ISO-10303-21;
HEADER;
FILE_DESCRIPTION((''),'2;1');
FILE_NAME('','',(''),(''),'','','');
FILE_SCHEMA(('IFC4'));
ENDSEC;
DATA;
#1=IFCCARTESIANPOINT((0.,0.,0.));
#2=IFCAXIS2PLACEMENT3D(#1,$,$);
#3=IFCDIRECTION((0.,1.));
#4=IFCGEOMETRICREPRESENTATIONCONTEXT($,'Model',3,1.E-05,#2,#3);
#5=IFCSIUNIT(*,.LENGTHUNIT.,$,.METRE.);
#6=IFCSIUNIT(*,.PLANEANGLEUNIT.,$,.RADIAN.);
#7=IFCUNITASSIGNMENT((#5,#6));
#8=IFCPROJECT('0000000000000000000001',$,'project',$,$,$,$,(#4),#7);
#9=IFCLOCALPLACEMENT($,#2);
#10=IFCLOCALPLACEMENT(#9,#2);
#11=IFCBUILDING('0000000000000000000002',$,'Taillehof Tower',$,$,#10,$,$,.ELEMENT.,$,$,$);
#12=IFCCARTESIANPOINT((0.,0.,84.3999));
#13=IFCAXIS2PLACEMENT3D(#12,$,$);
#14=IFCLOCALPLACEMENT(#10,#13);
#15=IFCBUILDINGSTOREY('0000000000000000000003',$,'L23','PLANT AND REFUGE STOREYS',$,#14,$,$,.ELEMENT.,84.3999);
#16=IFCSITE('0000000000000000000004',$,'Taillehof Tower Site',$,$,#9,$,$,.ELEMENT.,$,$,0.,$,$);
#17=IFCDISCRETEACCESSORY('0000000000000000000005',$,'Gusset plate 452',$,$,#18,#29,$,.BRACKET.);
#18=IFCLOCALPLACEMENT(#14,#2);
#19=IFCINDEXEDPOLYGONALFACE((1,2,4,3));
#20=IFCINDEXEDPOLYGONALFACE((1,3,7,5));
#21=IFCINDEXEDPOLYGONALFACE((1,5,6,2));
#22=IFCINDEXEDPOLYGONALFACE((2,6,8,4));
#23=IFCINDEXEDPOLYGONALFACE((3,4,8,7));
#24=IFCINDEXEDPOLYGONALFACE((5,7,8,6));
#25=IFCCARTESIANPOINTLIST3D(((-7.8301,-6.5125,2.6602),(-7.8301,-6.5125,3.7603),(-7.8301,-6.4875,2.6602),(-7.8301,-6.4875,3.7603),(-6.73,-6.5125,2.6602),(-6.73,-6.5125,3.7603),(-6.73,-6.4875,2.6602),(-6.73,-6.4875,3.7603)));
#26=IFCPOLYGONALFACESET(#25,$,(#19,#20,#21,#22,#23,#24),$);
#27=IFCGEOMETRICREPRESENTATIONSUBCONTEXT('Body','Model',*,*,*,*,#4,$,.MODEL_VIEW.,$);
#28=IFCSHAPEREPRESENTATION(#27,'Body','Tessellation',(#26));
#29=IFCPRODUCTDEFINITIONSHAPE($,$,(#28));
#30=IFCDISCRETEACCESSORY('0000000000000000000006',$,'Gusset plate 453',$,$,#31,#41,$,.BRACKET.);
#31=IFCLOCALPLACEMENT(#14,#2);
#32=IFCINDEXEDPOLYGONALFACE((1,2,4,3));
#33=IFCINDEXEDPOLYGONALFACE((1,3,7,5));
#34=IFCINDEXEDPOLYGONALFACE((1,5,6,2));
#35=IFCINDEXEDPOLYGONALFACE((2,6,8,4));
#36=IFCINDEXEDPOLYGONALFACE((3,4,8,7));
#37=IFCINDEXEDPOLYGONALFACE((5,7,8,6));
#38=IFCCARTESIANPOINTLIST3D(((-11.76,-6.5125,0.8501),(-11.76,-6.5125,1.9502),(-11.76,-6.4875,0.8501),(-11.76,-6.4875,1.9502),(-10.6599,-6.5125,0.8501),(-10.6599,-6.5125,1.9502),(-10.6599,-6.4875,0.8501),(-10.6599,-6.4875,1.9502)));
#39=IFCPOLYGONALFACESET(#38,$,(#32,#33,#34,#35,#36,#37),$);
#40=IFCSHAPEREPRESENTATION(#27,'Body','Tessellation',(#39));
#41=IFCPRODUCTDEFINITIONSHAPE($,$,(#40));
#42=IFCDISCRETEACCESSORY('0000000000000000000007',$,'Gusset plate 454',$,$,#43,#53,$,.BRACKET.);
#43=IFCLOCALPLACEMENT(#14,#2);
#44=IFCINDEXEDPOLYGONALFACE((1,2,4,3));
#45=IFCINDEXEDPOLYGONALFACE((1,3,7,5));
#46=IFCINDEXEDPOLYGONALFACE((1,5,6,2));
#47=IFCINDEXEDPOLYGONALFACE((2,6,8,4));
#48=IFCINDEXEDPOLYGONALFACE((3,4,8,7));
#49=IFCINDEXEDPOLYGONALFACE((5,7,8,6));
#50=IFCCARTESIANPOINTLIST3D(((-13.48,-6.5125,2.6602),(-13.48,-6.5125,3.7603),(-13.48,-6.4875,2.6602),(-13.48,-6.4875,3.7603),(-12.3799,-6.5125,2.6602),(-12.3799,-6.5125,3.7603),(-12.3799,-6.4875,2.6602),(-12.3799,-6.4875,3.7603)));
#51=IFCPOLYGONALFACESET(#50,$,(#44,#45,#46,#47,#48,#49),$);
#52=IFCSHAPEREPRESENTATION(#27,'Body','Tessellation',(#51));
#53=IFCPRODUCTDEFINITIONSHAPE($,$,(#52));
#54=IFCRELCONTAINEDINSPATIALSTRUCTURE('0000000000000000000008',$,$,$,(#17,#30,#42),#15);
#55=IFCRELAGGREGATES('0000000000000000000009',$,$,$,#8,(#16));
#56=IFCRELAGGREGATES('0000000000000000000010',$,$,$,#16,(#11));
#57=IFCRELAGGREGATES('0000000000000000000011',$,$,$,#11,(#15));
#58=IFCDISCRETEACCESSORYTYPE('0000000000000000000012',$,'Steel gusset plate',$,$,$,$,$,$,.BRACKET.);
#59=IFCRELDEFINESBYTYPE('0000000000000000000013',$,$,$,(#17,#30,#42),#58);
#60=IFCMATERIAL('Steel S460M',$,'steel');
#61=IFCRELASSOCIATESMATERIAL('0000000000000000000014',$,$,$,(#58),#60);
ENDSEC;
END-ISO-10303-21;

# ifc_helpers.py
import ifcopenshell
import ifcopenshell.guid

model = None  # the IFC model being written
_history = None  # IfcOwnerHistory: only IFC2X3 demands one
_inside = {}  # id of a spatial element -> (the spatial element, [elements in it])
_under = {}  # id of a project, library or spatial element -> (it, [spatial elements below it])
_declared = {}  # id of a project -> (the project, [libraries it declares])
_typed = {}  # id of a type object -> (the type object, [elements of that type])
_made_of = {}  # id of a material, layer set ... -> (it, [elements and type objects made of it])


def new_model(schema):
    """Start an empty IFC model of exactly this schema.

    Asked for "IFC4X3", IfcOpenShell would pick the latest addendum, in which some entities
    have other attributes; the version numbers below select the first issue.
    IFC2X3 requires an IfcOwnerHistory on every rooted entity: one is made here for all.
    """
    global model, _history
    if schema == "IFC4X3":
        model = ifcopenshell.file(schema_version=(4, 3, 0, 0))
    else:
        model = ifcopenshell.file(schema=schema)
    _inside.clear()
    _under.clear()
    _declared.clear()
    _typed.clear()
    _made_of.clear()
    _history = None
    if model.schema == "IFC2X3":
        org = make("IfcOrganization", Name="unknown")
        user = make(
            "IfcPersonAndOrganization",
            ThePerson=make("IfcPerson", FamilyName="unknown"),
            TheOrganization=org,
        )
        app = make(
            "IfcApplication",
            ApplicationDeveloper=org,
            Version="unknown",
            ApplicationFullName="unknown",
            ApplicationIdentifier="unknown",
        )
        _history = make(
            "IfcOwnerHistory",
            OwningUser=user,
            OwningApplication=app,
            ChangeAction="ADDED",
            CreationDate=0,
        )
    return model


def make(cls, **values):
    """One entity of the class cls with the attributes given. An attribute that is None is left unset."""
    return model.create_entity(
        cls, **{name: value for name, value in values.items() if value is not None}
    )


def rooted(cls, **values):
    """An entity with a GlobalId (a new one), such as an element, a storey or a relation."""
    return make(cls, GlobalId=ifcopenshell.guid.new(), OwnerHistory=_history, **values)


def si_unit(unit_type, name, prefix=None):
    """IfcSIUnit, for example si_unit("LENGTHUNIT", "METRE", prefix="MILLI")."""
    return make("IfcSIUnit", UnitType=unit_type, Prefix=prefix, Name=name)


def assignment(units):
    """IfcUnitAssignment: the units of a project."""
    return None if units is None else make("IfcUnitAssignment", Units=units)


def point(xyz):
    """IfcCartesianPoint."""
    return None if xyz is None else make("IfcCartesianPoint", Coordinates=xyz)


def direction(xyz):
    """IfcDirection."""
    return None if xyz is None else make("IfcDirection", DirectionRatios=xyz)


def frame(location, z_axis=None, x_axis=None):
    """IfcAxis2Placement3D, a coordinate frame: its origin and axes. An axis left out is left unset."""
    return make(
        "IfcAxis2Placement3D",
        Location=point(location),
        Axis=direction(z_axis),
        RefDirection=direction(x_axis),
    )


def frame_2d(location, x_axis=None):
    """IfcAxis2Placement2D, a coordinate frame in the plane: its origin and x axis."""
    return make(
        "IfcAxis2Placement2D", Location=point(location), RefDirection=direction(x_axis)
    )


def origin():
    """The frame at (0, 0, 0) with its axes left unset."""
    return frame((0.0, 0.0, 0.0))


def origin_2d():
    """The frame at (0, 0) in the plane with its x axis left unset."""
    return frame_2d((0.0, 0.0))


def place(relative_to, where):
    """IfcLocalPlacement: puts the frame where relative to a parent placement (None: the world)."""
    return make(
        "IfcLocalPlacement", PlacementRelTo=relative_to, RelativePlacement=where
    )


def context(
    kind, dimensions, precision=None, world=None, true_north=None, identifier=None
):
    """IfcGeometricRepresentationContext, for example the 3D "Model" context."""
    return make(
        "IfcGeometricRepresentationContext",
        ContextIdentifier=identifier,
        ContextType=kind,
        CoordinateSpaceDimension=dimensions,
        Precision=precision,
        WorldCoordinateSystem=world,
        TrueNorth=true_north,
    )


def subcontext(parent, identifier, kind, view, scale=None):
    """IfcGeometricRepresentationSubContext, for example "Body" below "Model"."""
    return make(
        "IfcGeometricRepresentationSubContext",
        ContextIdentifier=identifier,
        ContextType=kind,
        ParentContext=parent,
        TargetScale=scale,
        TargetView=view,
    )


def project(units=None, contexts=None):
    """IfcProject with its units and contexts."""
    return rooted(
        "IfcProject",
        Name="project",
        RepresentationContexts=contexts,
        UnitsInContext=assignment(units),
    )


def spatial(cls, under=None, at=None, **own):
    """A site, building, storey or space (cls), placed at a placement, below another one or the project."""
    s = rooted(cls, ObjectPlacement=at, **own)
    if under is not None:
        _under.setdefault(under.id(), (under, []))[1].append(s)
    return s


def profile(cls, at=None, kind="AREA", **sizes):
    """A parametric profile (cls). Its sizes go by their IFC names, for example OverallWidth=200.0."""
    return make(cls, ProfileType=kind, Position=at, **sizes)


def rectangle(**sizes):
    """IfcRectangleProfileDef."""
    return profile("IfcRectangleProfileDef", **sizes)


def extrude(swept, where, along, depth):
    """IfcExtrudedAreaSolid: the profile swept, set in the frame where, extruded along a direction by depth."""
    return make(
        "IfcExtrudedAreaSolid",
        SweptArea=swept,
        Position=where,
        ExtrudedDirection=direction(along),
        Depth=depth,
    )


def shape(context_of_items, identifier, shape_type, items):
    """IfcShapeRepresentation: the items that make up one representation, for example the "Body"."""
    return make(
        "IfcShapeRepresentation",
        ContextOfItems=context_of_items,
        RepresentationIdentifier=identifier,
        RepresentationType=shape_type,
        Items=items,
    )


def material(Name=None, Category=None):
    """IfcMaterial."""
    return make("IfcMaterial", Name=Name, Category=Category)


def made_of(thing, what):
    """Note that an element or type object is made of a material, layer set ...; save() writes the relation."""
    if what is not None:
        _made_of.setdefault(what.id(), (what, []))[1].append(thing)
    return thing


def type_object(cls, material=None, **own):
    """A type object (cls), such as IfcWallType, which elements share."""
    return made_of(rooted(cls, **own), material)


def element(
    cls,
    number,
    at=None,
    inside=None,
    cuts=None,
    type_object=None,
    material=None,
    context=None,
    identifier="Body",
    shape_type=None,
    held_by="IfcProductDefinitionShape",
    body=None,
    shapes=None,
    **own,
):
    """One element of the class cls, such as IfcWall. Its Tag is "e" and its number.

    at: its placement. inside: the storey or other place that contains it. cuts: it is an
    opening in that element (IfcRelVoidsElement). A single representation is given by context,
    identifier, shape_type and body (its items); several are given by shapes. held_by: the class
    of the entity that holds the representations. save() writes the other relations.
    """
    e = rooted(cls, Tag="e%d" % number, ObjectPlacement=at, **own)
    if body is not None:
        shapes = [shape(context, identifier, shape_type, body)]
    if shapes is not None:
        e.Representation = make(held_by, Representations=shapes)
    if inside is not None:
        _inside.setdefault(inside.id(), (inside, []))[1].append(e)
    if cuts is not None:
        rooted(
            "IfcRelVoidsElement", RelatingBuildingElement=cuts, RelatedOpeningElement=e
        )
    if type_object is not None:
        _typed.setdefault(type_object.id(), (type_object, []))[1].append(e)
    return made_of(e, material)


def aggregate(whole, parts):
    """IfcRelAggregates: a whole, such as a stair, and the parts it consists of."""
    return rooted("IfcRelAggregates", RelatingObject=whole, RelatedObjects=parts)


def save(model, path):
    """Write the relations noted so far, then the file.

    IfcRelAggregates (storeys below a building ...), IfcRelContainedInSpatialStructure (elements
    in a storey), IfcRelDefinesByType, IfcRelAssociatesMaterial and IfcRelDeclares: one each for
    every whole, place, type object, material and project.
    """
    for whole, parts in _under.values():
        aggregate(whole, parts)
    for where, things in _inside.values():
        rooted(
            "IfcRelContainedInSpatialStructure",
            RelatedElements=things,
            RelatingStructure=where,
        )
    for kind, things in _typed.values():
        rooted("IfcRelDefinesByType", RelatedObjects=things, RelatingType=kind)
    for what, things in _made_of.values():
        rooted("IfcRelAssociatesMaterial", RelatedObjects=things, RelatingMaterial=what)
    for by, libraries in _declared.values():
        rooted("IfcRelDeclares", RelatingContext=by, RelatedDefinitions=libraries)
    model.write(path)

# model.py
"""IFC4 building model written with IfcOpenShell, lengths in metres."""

from ifc_helpers import new_model, si_unit, direction, frame, origin, origin_2d, place, context, subcontext, project, spatial, rectangle, extrude, material, type_object, element, save


model = new_model("IFC4")

# Units and contexts
model_context = context("Model", 3, precision=1e-05, world=origin(), true_north=direction((0.0, 1.0)))
body_context = subcontext(model_context, "Body", "Model", "MODEL_VIEW")
ifc_project = project(units=[si_unit("LENGTHUNIT", "METRE"), si_unit("PLANEANGLEUNIT", "RADIAN")], contexts=[model_context])

# Site, building, storey
site_placement = place(None, origin())
site = spatial("IfcSite", under=ifc_project, at=site_placement, Name="Taillehof Tower Site", CompositionType="ELEMENT", RefElevation=0.0)
building_placement = place(site_placement, origin())
building = spatial("IfcBuilding", under=site, at=building_placement, Name="Taillehof Tower", CompositionType="ELEMENT")
storey_placement = place(building_placement, frame((0.0, 0.0, 84.3999)))
storey = spatial("IfcBuildingStorey", under=building, at=storey_placement, Name="L23", Description="PLANT AND REFUGE STOREYS", CompositionType="ELEMENT", Elevation=84.3999)

# Discrete accessories
ifc_material_1 = material(Name="Steel S460M", Category="steel")
discrete_accessory_type = type_object("IfcDiscreteAccessoryType", Name="Steel gusset plate", PredefinedType="BRACKET", material=ifc_material_1)
for number, where, z_axis, x_axis, name in (
    (1, (-7.28, -6.5, 2.6602), (0.0, 0.0, 1.0), (1.0, 0.0, 0.0), "Gusset plate 452"),
    (2, (-11.21, -6.5, 0.8501), (0.0, 0.0, 1.0), (1.0, 0.0, 0.0), "Gusset plate 453"),
    (3, (-12.9299, -6.5, 2.6602), (0.0, 0.0, 1.0), (1.0, 0.0, 0.0), "Gusset plate 454"),
):
    element("IfcDiscreteAccessory", number, at=place(storey_placement, frame(where, z_axis=z_axis, x_axis=x_axis)), inside=storey, type_object=discrete_accessory_type, Name=name, PredefinedType="BRACKET", context=body_context, shape_type="SweptSolid", body=[
        extrude(rectangle(XDim=1.1001, YDim=0.0249, at=origin_2d()), origin(), (0.0, 0.0, 1.0), 1.1001),
    ])

save(model, "model.ifc")
